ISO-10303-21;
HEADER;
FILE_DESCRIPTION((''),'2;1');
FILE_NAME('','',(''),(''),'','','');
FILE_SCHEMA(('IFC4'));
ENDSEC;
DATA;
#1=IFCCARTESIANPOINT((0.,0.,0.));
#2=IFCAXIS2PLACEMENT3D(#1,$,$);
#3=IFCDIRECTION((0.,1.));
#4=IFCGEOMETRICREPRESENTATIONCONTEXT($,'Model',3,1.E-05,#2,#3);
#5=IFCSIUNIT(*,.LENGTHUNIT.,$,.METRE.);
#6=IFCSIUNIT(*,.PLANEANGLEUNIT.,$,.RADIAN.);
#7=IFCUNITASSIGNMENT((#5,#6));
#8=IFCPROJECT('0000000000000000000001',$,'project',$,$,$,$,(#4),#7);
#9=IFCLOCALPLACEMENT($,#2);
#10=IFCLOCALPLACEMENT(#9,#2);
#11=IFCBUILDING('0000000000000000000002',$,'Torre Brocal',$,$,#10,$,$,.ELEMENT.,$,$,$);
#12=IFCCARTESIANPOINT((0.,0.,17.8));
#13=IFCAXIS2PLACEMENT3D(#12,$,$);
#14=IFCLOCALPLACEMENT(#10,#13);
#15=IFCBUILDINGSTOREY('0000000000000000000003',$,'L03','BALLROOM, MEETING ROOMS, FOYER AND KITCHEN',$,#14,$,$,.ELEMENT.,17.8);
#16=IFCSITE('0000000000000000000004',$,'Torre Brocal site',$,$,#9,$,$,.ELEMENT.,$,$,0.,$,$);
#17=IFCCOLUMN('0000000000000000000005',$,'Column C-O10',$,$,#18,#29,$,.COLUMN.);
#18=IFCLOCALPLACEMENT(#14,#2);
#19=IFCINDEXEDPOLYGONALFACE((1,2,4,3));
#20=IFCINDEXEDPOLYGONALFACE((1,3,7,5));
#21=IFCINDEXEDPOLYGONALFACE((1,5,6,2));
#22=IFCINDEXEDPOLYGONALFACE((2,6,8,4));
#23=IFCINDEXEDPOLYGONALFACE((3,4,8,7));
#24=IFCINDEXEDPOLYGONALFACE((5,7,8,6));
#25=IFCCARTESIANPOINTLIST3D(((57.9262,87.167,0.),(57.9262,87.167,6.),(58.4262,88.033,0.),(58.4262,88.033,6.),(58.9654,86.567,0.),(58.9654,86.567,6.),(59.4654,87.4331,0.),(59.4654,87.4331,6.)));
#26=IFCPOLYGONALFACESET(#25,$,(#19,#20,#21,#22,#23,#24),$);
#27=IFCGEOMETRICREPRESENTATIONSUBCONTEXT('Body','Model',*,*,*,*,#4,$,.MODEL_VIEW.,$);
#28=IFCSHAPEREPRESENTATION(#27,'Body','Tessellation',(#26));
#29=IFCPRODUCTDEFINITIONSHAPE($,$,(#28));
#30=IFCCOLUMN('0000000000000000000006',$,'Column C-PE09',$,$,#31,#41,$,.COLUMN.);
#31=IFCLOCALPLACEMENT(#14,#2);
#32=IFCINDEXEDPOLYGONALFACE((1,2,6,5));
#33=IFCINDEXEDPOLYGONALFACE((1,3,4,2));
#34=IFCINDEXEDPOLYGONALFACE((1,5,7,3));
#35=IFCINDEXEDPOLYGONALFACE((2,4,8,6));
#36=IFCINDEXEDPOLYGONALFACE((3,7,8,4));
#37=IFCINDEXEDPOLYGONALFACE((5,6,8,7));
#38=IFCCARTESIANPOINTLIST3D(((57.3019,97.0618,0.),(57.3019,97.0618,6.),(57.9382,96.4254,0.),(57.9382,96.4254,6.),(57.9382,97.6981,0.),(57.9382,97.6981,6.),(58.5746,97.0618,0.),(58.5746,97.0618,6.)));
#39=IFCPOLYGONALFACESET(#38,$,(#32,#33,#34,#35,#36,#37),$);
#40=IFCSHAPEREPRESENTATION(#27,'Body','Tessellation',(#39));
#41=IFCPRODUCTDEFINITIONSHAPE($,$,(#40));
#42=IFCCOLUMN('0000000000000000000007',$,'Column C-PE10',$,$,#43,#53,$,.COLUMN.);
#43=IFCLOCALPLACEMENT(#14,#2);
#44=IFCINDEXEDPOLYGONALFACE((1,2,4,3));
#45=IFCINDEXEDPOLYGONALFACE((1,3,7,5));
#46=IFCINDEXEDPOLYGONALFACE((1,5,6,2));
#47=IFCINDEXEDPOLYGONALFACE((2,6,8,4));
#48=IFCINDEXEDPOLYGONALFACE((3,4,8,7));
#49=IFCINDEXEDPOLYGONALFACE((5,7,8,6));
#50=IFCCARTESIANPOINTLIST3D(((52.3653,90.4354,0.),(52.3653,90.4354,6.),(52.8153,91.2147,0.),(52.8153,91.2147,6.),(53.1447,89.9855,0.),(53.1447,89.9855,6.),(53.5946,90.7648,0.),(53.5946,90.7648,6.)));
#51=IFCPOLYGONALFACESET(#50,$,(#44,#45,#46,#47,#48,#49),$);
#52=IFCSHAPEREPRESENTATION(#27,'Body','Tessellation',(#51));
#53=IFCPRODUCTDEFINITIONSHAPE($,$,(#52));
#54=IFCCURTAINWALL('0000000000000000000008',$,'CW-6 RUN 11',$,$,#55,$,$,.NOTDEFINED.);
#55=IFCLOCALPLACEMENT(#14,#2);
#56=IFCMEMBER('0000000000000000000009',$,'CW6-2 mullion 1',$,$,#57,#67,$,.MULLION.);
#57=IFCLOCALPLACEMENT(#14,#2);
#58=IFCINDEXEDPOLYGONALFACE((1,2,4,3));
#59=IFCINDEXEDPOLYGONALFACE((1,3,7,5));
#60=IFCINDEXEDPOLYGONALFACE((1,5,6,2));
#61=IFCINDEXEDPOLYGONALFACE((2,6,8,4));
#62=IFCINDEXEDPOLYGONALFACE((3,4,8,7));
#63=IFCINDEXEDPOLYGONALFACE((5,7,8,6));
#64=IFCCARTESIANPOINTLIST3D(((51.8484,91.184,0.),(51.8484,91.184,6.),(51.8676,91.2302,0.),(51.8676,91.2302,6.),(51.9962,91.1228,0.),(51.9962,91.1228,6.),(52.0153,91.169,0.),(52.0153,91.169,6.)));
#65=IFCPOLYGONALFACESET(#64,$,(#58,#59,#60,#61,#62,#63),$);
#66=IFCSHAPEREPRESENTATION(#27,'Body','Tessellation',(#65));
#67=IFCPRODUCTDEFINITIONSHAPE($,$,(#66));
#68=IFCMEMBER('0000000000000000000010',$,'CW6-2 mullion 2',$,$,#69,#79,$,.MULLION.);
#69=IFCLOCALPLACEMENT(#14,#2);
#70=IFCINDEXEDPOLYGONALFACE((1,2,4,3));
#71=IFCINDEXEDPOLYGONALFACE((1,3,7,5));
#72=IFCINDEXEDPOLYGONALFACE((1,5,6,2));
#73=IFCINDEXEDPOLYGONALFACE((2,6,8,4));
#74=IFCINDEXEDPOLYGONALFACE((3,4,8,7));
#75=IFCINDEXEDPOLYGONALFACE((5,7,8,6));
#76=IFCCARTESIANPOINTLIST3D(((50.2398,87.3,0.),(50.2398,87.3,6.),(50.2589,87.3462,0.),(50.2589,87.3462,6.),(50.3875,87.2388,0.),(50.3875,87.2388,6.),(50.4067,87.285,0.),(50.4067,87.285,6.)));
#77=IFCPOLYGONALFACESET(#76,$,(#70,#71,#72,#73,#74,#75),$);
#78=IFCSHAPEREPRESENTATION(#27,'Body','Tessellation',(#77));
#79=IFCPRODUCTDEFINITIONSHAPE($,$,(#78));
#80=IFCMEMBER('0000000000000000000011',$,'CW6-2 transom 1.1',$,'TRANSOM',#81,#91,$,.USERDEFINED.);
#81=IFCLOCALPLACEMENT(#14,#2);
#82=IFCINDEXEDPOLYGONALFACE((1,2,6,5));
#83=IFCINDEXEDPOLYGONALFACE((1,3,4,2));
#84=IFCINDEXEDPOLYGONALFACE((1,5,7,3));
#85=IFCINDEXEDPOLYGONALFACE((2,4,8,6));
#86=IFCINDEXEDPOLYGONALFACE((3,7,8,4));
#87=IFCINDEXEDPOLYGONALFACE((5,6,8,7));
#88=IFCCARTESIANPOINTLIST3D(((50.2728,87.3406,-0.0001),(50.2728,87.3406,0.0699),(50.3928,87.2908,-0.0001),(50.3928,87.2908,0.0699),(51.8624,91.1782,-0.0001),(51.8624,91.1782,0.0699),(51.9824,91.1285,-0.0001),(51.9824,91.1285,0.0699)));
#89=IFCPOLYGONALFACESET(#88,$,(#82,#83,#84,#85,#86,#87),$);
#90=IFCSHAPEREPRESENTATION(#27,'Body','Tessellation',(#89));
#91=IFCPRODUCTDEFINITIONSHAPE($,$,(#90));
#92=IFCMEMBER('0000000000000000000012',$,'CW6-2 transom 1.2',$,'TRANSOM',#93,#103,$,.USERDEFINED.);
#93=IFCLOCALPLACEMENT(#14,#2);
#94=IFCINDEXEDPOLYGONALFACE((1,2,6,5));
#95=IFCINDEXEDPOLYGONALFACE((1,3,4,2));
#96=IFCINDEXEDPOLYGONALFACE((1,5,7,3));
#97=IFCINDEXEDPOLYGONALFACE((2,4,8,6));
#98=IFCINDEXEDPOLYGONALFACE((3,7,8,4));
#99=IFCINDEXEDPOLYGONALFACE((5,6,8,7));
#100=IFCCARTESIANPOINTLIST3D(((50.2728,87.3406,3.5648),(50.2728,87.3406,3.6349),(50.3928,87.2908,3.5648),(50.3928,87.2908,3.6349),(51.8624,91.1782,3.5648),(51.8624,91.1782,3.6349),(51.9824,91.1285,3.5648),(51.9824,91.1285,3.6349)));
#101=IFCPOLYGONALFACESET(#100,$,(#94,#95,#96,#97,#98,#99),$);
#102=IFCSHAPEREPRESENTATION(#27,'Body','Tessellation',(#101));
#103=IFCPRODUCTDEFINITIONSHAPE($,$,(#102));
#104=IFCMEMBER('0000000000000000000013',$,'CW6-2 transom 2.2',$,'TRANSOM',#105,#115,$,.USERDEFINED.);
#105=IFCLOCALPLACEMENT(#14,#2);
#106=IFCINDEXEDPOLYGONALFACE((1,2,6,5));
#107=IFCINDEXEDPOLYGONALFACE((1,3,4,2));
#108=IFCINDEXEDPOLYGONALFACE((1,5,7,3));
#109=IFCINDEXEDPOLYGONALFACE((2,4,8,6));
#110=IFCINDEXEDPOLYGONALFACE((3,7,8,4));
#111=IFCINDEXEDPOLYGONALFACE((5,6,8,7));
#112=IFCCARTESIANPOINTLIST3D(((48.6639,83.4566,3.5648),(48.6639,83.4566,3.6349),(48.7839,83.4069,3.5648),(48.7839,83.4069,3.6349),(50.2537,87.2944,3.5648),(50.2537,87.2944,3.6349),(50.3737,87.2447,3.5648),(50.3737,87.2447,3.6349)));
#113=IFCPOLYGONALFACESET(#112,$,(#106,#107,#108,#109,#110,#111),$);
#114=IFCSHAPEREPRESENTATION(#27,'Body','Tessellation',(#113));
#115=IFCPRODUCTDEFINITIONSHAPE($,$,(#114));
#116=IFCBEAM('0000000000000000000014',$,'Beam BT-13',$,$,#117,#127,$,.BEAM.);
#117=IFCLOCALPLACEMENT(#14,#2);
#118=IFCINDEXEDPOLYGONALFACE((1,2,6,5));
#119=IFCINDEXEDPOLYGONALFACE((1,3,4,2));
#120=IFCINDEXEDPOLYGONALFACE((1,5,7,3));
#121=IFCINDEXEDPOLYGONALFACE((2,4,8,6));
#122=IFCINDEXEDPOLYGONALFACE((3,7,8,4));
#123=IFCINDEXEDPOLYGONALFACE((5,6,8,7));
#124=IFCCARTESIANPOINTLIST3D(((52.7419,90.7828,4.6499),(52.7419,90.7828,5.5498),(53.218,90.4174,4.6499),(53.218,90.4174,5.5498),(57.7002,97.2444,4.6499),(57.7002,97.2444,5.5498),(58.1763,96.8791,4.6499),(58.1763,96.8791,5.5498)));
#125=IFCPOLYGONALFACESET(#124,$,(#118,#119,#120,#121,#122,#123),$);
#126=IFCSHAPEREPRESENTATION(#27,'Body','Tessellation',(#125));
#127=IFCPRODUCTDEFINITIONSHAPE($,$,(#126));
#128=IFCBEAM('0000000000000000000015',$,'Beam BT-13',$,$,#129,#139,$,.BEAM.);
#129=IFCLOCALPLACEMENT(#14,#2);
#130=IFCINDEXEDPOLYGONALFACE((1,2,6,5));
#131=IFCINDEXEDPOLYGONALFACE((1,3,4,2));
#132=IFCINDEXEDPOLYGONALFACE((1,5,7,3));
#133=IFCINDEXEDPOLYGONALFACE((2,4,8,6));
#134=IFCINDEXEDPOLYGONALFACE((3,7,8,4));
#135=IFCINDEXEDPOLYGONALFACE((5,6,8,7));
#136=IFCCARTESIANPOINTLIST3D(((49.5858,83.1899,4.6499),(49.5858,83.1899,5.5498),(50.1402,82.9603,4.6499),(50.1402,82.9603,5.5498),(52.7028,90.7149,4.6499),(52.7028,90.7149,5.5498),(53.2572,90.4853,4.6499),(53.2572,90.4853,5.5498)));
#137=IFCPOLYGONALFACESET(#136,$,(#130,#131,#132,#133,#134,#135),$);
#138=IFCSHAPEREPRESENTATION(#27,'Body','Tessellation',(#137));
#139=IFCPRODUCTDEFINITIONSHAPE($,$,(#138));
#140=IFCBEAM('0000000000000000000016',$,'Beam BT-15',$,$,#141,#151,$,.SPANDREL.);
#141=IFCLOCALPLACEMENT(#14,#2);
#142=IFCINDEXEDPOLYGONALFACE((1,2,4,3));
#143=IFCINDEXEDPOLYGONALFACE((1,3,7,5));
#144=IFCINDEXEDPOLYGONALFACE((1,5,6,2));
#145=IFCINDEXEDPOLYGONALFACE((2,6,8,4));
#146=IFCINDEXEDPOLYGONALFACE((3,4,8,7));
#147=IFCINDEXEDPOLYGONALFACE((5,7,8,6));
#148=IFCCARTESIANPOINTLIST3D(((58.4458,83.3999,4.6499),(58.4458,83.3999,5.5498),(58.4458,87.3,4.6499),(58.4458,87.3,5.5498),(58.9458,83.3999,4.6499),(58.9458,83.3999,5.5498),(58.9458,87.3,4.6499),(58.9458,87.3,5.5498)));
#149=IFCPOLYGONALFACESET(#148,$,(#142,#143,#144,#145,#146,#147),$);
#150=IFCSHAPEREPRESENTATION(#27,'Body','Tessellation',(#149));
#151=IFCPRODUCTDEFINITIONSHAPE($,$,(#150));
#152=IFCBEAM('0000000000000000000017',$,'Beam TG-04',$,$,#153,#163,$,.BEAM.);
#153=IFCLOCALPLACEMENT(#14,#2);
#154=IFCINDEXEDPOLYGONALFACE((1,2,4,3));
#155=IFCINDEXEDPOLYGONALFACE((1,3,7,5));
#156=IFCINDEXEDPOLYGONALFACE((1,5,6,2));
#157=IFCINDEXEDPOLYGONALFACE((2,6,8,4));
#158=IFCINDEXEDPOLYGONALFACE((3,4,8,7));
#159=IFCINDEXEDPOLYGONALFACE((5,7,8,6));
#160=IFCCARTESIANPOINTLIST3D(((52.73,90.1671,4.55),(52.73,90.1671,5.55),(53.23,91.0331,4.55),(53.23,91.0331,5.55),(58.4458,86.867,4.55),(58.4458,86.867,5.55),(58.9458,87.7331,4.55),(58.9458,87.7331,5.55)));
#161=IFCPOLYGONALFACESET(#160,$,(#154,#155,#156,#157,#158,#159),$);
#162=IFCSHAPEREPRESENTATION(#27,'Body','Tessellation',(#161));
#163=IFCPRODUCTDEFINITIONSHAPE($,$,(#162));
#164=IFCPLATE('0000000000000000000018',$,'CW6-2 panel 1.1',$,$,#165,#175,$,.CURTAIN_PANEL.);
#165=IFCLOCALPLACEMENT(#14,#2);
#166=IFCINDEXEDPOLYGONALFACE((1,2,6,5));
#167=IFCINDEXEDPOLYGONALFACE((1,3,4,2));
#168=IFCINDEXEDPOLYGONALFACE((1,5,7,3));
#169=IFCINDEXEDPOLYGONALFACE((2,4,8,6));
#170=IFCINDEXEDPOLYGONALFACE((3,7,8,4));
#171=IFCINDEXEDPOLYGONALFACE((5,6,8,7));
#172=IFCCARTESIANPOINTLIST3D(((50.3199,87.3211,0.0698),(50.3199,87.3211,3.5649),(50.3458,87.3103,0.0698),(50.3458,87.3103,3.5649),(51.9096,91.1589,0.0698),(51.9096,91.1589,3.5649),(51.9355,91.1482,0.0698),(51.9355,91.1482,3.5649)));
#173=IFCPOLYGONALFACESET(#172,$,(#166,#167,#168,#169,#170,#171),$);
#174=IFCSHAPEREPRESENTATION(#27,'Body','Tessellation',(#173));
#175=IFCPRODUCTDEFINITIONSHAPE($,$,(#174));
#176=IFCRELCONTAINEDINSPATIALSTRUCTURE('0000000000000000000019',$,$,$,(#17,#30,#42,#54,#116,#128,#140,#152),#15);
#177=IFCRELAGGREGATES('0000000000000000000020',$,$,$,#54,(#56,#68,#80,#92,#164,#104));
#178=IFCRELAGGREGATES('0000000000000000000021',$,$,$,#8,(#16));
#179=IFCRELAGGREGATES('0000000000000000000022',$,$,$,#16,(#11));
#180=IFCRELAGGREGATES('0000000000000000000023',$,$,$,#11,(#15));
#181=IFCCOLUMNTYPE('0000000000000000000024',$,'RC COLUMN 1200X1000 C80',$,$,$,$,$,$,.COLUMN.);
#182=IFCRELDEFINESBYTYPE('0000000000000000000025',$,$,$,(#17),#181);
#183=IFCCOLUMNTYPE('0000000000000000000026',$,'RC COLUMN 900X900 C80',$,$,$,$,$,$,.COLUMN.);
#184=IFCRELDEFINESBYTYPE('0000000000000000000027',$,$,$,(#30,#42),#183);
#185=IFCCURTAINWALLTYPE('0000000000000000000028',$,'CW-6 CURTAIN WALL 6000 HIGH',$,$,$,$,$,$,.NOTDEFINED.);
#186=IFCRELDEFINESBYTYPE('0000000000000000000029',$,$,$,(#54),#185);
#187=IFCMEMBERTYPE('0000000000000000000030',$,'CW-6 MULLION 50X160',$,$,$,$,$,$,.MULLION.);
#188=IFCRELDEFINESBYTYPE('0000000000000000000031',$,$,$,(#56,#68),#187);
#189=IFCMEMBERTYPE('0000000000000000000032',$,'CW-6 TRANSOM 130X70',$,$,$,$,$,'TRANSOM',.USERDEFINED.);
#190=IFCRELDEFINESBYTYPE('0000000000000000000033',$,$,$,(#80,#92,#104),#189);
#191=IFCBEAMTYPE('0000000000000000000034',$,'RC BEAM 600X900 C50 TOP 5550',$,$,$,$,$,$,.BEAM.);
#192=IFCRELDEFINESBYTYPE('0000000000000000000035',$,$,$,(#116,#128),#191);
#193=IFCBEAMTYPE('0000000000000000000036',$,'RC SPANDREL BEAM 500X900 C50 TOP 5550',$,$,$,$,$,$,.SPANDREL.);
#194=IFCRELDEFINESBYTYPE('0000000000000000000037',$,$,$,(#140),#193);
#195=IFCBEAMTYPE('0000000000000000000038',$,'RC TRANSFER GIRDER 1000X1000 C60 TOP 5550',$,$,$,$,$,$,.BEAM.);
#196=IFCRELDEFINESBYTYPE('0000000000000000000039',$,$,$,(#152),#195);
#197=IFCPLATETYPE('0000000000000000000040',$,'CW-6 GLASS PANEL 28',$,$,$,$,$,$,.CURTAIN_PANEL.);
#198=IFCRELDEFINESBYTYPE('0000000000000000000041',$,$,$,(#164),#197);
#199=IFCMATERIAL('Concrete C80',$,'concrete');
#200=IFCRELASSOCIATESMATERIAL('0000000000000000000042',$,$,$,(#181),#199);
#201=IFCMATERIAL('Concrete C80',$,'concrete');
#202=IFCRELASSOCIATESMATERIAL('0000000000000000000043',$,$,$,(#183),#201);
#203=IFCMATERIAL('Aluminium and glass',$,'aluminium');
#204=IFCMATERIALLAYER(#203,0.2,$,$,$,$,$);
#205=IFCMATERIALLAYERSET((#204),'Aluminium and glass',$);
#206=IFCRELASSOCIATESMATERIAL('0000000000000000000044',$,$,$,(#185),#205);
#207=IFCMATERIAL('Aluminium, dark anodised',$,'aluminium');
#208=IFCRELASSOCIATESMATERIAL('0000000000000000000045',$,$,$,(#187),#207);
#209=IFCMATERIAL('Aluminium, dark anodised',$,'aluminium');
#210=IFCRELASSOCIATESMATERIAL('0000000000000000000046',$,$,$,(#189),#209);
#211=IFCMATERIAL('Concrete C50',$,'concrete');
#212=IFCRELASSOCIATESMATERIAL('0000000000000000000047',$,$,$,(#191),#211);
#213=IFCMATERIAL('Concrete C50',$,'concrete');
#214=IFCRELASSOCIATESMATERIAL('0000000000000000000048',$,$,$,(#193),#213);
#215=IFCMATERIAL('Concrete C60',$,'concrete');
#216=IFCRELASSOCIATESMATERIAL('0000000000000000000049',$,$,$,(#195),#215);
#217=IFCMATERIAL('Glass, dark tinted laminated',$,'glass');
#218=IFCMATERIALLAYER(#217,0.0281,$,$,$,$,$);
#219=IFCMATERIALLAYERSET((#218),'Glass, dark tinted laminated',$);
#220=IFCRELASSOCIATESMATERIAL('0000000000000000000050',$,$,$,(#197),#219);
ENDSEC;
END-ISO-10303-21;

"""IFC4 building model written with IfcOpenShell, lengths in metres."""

from ifc_helpers import new_model, si_unit, direction, frame, origin, origin_2d, place, context, subcontext, project, spatial, rectangle, extrude, material, layer, layer_set, material_profile, profile_set, type_object, element, aggregate, save


model = new_model("IFC4")

# Units and contexts
model_context = context("Model", 3, precision=1e-05, world=origin(), true_north=direction((0.0, 1.0)))
body_context = subcontext(model_context, "Body", "Model", "MODEL_VIEW")
ifc_project = project(units=[si_unit("LENGTHUNIT", "METRE"), si_unit("PLANEANGLEUNIT", "RADIAN")], contexts=[model_context])

# Site, building, storey
site_placement = place(None, origin())
site = spatial("IfcSite", under=ifc_project, at=site_placement, Name="Torre Brocal site", CompositionType="ELEMENT", RefElevation=0.0)
building_placement = place(site_placement, origin())
building = spatial("IfcBuilding", under=site, at=building_placement, Name="Torre Brocal", CompositionType="ELEMENT")
storey_placement = place(building_placement, frame((0.0, 0.0, 17.8)))
storey = spatial("IfcBuildingStorey", under=building, at=storey_placement, Name="L03", Description="BALLROOM, MEETING ROOMS, FOYER AND KITCHEN", CompositionType="ELEMENT", Elevation=17.8)

# Columns
ifc_material_1 = material(Name="Concrete C80", Category="concrete")
ifc_material_profile_1 = material_profile(ifc_material_1, rectangle(XDim=1.2, YDim=1.0, at=origin_2d()), Name="RC 1200X1000")
ifc_profile_set_1 = profile_set([ifc_material_profile_1], Name="Concrete C80")
column_type_1 = type_object("IfcColumnType", Name="RC COLUMN 1200X1000 C80", PredefinedType="COLUMN", material=ifc_profile_set_1)
column_placement = place(storey_placement, frame((58.6958, 87.3, 0.0), z_axis=(0.0, 0.0, 1.0), x_axis=(-0.866025, 0.5, 0.0)))
element("IfcColumn", 1, at=column_placement, inside=storey, type_object=column_type_1, Name="Column C-O10", PredefinedType="COLUMN", context=body_context, shape_type="SweptSolid", body=[
    extrude(rectangle(XDim=1.2, YDim=1.0, at=origin_2d()), origin(), (0.0, 0.0, 1.0), 6.0),
])
ifc_material_2 = material(Name="Concrete C80", Category="concrete")
ifc_material_profile_2 = material_profile(ifc_material_2, rectangle(XDim=0.8999, YDim=0.8999, at=origin_2d()), Name="RC 900X900")
ifc_profile_set_2 = profile_set([ifc_material_profile_2], Name="Concrete C80")
column_type_2 = type_object("IfcColumnType", Name="RC COLUMN 900X900 C80", PredefinedType="COLUMN", material=ifc_profile_set_2)
for number, where, z_axis, x_axis, name in (
    (2, (57.9382, 97.0618, 0.0), (0.0, 0.0, 1.0), (-0.707107, 0.707107, 0.0), "Column C-PE09"),
    (3, (52.98, 90.6001, 0.0), (0.0, 0.0, 1.0), (-0.866025, 0.5, 0.0), "Column C-PE10"),
):
    element("IfcColumn", number, at=place(storey_placement, frame(where, z_axis=z_axis, x_axis=x_axis)), inside=storey, type_object=column_type_2, Name=name, PredefinedType="COLUMN", context=body_context, shape_type="SweptSolid", body=[
        extrude(rectangle(XDim=0.8999, YDim=0.8999, at=origin_2d()), origin(), (0.0, 0.0, 1.0), 6.0),
    ])

# Curtain wall, members
ifc_material_3 = material(Name="Aluminium and glass", Category="aluminium")
ifc_layer_1 = layer(ifc_material_3, 0.2)
ifc_layer_set_1 = layer_set([ifc_layer_1], Name="Aluminium and glass")
curtain_wall_type = type_object("IfcCurtainWallType", Name="CW-6 CURTAIN WALL 6000 HIGH", PredefinedType="NOTDEFINED", material=ifc_layer_set_1)
curtain_wall_placement = place(storey_placement, origin())
curtain_wall = element("IfcCurtainWall", 4, at=curtain_wall_placement, inside=storey, type_object=curtain_wall_type, Name="CW-6 RUN 11", PredefinedType="NOTDEFINED")
ifc_material_4 = material(Name="Aluminium, dark anodised", Category="aluminium")
ifc_material_profile_3 = material_profile(ifc_material_4, rectangle(XDim=0.1599, YDim=0.05, at=origin_2d()), Name="CW-6 MULLION 50X160")
ifc_profile_set_3 = profile_set([ifc_material_profile_3], Name="Aluminium, dark anodised")
member_type_1 = type_object("IfcMemberType", Name="CW-6 MULLION 50X160", PredefinedType="MULLION", material=ifc_profile_set_3)
member_1_placement = place(storey_placement, frame((51.9319, 91.1765, 0.0), z_axis=(0.0, 0.0, 1.0), x_axis=(0.92388, -0.382683, 0.0)))
member_1 = element("IfcMember", 5, at=member_1_placement, type_object=member_type_1, Name="CW6-2 mullion 1", PredefinedType="MULLION", context=body_context, shape_type="SweptSolid", body=[
    extrude(rectangle(XDim=0.1599, YDim=0.05, at=origin_2d()), origin(), (0.0, 0.0, 1.0), 6.0),
])
member_2_placement = place(storey_placement, frame((50.3232, 87.2925, 0.0), z_axis=(0.0, 0.0, 1.0), x_axis=(0.92388, -0.382683, 0.0)))
member_2 = element("IfcMember", 6, at=member_2_placement, type_object=member_type_1, Name="CW6-2 mullion 2", PredefinedType="MULLION", context=body_context, shape_type="SweptSolid", body=[
    extrude(rectangle(XDim=0.1599, YDim=0.05, at=origin_2d()), origin(), (0.0, 0.0, 1.0), 6.0),
])
ifc_material_5 = material(Name="Aluminium, dark anodised", Category="aluminium")
ifc_material_profile_4 = material_profile(ifc_material_5, rectangle(XDim=0.1299, YDim=0.0701, at=origin_2d()), Name="CW-6 TRANSOM 130X70")
ifc_profile_set_4 = profile_set([ifc_material_profile_4], Name="Aluminium, dark anodised")
member_type_2 = type_object("IfcMemberType", Name="CW-6 TRANSOM 130X70", ElementType="TRANSOM", PredefinedType="USERDEFINED", material=ifc_profile_set_4)
member_3_placement = place(storey_placement, frame((51.9224, 91.1533, 0.0349), z_axis=(-0.382682, -0.92388, 0.0), x_axis=(0.92388, -0.382682, 0.0)))
member_3 = element("IfcMember", 7, at=member_3_placement, type_object=member_type_2, Name="CW6-2 transom 1.1", ObjectType="TRANSOM", PredefinedType="USERDEFINED", context=body_context, shape_type="SweptSolid", body=[
    extrude(rectangle(XDim=0.1299, YDim=0.0701, at=origin_2d()), origin(), (0.0, 0.0, 1.0), 4.1538),
])
member_4_placement = place(storey_placement, frame((51.9224, 91.1533, 3.5999), z_axis=(-0.382682, -0.92388, 0.0), x_axis=(0.92388, -0.382682, 0.0)))
member_4 = element("IfcMember", 8, at=member_4_placement, type_object=member_type_2, Name="CW6-2 transom 1.2", ObjectType="TRANSOM", PredefinedType="USERDEFINED", context=body_context, shape_type="SweptSolid", body=[
    extrude(rectangle(XDim=0.1299, YDim=0.0701, at=origin_2d()), origin(), (0.0, 0.0, 1.0), 4.1538),
])
member_5_placement = place(storey_placement, frame((50.3137, 87.2695, 3.5999), z_axis=(-0.382712, -0.923868, 0.0), x_axis=(0.923868, -0.382712, 0.0)))
member_5 = element("IfcMember", 9, at=member_5_placement, type_object=member_type_2, Name="CW6-2 transom 2.2", ObjectType="TRANSOM", PredefinedType="USERDEFINED", context=body_context, shape_type="SweptSolid", body=[
    extrude(rectangle(XDim=0.1299, YDim=0.0701, at=origin_2d()), origin(), (0.0, 0.0, 1.0), 4.1541),
])

# Beams
ifc_material_6 = material(Name="Concrete C50", Category="concrete")
ifc_material_profile_5 = material_profile(ifc_material_6, rectangle(XDim=0.6001, YDim=0.8999, at=origin_2d()), Name="RC 600X900")
ifc_profile_set_5 = profile_set([ifc_material_profile_5], Name="Concrete C50")
beam_type_1 = type_object("IfcBeamType", Name="RC BEAM 600X900 C50 TOP 5550", PredefinedType="BEAM", material=ifc_profile_set_5)
beam_1_placement = place(storey_placement, frame((57.9382, 97.0618, 5.0999), z_axis=(-0.608764, -0.793351, 0.0), x_axis=(0.793351, -0.608764, 0.0)))
element("IfcBeam", 10, at=beam_1_placement, inside=storey, type_object=beam_type_1, Name="Beam BT-13", PredefinedType="BEAM", context=body_context, shape_type="SweptSolid", body=[
    extrude(rectangle(XDim=0.6001, YDim=0.8999, at=origin_2d()), origin(), (0.0, 0.0, 1.0), 8.1448),
])
beam_2_placement = place(storey_placement, frame((52.98, 90.6001, 5.0999), z_axis=(-0.382686, -0.923878, 0.0), x_axis=(0.923878, -0.382686, 0.0)))
element("IfcBeam", 11, at=beam_2_placement, inside=storey, type_object=beam_type_1, Name="Beam BT-13", PredefinedType="BEAM", context=body_context, shape_type="SweptSolid", body=[
    extrude(rectangle(XDim=0.6001, YDim=0.8999, at=origin_2d()), origin(), (0.0, 0.0, 1.0), 8.145),
])
ifc_material_7 = material(Name="Concrete C50", Category="concrete")
ifc_material_profile_6 = material_profile(ifc_material_7, rectangle(XDim=0.5, YDim=0.8999, at=origin_2d()), Name="RC 500X900")
ifc_profile_set_6 = profile_set([ifc_material_profile_6], Name="Concrete C50")
beam_type_2 = type_object("IfcBeamType", Name="RC SPANDREL BEAM 500X900 C50 TOP 5550", PredefinedType="SPANDREL", material=ifc_profile_set_6)
beam_3_placement = place(storey_placement, frame((58.6958, 87.3, 5.0999), z_axis=(0.0, -1.0, 0.0), x_axis=(1.0, 0.0, 0.0)))
element("IfcBeam", 12, at=beam_3_placement, inside=storey, type_object=beam_type_2, Name="Beam BT-15", PredefinedType="SPANDREL", context=body_context, shape_type="SweptSolid", body=[
    extrude(rectangle(XDim=0.5, YDim=0.8999, at=origin_2d()), origin(), (0.0, 0.0, 1.0), 3.9001),
])
ifc_material_8 = material(Name="Concrete C60", Category="concrete")
ifc_material_profile_7 = material_profile(ifc_material_8, rectangle(XDim=1.0, YDim=1.0, at=origin_2d()), Name="RC 1000X1000")
ifc_profile_set_7 = profile_set([ifc_material_profile_7], Name="Concrete C60")
beam_type_3 = type_object("IfcBeamType", Name="RC TRANSFER GIRDER 1000X1000 C60 TOP 5550", PredefinedType="BEAM", material=ifc_profile_set_7)
beam_4_placement = place(storey_placement, frame((58.6958, 87.3, 5.05), z_axis=(-0.866024, 0.500002, 0.0), x_axis=(-0.500002, -0.866024, 0.0)))
element("IfcBeam", 13, at=beam_4_placement, inside=storey, type_object=beam_type_3, Name="Beam TG-04", PredefinedType="BEAM", context=body_context, shape_type="SweptSolid", body=[
    extrude(rectangle(XDim=1.0, YDim=1.0, at=origin_2d()), origin(), (0.0, 0.0, 1.0), 6.6001),
])

# Plate
ifc_material_9 = material(Name="Glass, dark tinted laminated", Category="glass")
ifc_layer_2 = layer(ifc_material_9, 0.0281)
ifc_layer_set_2 = layer_set([ifc_layer_2], Name="Glass, dark tinted laminated")
plate_type = type_object("IfcPlateType", Name="CW-6 GLASS PANEL 28", PredefinedType="CURTAIN_PANEL", material=ifc_layer_set_2)
plate_1_placement = place(storey_placement, frame((51.1277, 89.2346, 0.0698), z_axis=(0.0, 0.0, 1.0), x_axis=(-0.382683, -0.92388, 0.0)))
plate_1 = element("IfcPlate", 14, at=plate_1_placement, type_object=plate_type, Name="CW6-2 panel 1.1", PredefinedType="CURTAIN_PANEL", context=body_context, shape_type="SweptSolid", body=[
    extrude(rectangle(XDim=4.1541, YDim=0.0281, at=origin_2d()), origin(), (0.0, 0.0, 1.0), 3.4951),
])
aggregate(curtain_wall, [member_1, member_2, member_3, member_4, plate_1, member_5])

save(model, "model.ifc")
